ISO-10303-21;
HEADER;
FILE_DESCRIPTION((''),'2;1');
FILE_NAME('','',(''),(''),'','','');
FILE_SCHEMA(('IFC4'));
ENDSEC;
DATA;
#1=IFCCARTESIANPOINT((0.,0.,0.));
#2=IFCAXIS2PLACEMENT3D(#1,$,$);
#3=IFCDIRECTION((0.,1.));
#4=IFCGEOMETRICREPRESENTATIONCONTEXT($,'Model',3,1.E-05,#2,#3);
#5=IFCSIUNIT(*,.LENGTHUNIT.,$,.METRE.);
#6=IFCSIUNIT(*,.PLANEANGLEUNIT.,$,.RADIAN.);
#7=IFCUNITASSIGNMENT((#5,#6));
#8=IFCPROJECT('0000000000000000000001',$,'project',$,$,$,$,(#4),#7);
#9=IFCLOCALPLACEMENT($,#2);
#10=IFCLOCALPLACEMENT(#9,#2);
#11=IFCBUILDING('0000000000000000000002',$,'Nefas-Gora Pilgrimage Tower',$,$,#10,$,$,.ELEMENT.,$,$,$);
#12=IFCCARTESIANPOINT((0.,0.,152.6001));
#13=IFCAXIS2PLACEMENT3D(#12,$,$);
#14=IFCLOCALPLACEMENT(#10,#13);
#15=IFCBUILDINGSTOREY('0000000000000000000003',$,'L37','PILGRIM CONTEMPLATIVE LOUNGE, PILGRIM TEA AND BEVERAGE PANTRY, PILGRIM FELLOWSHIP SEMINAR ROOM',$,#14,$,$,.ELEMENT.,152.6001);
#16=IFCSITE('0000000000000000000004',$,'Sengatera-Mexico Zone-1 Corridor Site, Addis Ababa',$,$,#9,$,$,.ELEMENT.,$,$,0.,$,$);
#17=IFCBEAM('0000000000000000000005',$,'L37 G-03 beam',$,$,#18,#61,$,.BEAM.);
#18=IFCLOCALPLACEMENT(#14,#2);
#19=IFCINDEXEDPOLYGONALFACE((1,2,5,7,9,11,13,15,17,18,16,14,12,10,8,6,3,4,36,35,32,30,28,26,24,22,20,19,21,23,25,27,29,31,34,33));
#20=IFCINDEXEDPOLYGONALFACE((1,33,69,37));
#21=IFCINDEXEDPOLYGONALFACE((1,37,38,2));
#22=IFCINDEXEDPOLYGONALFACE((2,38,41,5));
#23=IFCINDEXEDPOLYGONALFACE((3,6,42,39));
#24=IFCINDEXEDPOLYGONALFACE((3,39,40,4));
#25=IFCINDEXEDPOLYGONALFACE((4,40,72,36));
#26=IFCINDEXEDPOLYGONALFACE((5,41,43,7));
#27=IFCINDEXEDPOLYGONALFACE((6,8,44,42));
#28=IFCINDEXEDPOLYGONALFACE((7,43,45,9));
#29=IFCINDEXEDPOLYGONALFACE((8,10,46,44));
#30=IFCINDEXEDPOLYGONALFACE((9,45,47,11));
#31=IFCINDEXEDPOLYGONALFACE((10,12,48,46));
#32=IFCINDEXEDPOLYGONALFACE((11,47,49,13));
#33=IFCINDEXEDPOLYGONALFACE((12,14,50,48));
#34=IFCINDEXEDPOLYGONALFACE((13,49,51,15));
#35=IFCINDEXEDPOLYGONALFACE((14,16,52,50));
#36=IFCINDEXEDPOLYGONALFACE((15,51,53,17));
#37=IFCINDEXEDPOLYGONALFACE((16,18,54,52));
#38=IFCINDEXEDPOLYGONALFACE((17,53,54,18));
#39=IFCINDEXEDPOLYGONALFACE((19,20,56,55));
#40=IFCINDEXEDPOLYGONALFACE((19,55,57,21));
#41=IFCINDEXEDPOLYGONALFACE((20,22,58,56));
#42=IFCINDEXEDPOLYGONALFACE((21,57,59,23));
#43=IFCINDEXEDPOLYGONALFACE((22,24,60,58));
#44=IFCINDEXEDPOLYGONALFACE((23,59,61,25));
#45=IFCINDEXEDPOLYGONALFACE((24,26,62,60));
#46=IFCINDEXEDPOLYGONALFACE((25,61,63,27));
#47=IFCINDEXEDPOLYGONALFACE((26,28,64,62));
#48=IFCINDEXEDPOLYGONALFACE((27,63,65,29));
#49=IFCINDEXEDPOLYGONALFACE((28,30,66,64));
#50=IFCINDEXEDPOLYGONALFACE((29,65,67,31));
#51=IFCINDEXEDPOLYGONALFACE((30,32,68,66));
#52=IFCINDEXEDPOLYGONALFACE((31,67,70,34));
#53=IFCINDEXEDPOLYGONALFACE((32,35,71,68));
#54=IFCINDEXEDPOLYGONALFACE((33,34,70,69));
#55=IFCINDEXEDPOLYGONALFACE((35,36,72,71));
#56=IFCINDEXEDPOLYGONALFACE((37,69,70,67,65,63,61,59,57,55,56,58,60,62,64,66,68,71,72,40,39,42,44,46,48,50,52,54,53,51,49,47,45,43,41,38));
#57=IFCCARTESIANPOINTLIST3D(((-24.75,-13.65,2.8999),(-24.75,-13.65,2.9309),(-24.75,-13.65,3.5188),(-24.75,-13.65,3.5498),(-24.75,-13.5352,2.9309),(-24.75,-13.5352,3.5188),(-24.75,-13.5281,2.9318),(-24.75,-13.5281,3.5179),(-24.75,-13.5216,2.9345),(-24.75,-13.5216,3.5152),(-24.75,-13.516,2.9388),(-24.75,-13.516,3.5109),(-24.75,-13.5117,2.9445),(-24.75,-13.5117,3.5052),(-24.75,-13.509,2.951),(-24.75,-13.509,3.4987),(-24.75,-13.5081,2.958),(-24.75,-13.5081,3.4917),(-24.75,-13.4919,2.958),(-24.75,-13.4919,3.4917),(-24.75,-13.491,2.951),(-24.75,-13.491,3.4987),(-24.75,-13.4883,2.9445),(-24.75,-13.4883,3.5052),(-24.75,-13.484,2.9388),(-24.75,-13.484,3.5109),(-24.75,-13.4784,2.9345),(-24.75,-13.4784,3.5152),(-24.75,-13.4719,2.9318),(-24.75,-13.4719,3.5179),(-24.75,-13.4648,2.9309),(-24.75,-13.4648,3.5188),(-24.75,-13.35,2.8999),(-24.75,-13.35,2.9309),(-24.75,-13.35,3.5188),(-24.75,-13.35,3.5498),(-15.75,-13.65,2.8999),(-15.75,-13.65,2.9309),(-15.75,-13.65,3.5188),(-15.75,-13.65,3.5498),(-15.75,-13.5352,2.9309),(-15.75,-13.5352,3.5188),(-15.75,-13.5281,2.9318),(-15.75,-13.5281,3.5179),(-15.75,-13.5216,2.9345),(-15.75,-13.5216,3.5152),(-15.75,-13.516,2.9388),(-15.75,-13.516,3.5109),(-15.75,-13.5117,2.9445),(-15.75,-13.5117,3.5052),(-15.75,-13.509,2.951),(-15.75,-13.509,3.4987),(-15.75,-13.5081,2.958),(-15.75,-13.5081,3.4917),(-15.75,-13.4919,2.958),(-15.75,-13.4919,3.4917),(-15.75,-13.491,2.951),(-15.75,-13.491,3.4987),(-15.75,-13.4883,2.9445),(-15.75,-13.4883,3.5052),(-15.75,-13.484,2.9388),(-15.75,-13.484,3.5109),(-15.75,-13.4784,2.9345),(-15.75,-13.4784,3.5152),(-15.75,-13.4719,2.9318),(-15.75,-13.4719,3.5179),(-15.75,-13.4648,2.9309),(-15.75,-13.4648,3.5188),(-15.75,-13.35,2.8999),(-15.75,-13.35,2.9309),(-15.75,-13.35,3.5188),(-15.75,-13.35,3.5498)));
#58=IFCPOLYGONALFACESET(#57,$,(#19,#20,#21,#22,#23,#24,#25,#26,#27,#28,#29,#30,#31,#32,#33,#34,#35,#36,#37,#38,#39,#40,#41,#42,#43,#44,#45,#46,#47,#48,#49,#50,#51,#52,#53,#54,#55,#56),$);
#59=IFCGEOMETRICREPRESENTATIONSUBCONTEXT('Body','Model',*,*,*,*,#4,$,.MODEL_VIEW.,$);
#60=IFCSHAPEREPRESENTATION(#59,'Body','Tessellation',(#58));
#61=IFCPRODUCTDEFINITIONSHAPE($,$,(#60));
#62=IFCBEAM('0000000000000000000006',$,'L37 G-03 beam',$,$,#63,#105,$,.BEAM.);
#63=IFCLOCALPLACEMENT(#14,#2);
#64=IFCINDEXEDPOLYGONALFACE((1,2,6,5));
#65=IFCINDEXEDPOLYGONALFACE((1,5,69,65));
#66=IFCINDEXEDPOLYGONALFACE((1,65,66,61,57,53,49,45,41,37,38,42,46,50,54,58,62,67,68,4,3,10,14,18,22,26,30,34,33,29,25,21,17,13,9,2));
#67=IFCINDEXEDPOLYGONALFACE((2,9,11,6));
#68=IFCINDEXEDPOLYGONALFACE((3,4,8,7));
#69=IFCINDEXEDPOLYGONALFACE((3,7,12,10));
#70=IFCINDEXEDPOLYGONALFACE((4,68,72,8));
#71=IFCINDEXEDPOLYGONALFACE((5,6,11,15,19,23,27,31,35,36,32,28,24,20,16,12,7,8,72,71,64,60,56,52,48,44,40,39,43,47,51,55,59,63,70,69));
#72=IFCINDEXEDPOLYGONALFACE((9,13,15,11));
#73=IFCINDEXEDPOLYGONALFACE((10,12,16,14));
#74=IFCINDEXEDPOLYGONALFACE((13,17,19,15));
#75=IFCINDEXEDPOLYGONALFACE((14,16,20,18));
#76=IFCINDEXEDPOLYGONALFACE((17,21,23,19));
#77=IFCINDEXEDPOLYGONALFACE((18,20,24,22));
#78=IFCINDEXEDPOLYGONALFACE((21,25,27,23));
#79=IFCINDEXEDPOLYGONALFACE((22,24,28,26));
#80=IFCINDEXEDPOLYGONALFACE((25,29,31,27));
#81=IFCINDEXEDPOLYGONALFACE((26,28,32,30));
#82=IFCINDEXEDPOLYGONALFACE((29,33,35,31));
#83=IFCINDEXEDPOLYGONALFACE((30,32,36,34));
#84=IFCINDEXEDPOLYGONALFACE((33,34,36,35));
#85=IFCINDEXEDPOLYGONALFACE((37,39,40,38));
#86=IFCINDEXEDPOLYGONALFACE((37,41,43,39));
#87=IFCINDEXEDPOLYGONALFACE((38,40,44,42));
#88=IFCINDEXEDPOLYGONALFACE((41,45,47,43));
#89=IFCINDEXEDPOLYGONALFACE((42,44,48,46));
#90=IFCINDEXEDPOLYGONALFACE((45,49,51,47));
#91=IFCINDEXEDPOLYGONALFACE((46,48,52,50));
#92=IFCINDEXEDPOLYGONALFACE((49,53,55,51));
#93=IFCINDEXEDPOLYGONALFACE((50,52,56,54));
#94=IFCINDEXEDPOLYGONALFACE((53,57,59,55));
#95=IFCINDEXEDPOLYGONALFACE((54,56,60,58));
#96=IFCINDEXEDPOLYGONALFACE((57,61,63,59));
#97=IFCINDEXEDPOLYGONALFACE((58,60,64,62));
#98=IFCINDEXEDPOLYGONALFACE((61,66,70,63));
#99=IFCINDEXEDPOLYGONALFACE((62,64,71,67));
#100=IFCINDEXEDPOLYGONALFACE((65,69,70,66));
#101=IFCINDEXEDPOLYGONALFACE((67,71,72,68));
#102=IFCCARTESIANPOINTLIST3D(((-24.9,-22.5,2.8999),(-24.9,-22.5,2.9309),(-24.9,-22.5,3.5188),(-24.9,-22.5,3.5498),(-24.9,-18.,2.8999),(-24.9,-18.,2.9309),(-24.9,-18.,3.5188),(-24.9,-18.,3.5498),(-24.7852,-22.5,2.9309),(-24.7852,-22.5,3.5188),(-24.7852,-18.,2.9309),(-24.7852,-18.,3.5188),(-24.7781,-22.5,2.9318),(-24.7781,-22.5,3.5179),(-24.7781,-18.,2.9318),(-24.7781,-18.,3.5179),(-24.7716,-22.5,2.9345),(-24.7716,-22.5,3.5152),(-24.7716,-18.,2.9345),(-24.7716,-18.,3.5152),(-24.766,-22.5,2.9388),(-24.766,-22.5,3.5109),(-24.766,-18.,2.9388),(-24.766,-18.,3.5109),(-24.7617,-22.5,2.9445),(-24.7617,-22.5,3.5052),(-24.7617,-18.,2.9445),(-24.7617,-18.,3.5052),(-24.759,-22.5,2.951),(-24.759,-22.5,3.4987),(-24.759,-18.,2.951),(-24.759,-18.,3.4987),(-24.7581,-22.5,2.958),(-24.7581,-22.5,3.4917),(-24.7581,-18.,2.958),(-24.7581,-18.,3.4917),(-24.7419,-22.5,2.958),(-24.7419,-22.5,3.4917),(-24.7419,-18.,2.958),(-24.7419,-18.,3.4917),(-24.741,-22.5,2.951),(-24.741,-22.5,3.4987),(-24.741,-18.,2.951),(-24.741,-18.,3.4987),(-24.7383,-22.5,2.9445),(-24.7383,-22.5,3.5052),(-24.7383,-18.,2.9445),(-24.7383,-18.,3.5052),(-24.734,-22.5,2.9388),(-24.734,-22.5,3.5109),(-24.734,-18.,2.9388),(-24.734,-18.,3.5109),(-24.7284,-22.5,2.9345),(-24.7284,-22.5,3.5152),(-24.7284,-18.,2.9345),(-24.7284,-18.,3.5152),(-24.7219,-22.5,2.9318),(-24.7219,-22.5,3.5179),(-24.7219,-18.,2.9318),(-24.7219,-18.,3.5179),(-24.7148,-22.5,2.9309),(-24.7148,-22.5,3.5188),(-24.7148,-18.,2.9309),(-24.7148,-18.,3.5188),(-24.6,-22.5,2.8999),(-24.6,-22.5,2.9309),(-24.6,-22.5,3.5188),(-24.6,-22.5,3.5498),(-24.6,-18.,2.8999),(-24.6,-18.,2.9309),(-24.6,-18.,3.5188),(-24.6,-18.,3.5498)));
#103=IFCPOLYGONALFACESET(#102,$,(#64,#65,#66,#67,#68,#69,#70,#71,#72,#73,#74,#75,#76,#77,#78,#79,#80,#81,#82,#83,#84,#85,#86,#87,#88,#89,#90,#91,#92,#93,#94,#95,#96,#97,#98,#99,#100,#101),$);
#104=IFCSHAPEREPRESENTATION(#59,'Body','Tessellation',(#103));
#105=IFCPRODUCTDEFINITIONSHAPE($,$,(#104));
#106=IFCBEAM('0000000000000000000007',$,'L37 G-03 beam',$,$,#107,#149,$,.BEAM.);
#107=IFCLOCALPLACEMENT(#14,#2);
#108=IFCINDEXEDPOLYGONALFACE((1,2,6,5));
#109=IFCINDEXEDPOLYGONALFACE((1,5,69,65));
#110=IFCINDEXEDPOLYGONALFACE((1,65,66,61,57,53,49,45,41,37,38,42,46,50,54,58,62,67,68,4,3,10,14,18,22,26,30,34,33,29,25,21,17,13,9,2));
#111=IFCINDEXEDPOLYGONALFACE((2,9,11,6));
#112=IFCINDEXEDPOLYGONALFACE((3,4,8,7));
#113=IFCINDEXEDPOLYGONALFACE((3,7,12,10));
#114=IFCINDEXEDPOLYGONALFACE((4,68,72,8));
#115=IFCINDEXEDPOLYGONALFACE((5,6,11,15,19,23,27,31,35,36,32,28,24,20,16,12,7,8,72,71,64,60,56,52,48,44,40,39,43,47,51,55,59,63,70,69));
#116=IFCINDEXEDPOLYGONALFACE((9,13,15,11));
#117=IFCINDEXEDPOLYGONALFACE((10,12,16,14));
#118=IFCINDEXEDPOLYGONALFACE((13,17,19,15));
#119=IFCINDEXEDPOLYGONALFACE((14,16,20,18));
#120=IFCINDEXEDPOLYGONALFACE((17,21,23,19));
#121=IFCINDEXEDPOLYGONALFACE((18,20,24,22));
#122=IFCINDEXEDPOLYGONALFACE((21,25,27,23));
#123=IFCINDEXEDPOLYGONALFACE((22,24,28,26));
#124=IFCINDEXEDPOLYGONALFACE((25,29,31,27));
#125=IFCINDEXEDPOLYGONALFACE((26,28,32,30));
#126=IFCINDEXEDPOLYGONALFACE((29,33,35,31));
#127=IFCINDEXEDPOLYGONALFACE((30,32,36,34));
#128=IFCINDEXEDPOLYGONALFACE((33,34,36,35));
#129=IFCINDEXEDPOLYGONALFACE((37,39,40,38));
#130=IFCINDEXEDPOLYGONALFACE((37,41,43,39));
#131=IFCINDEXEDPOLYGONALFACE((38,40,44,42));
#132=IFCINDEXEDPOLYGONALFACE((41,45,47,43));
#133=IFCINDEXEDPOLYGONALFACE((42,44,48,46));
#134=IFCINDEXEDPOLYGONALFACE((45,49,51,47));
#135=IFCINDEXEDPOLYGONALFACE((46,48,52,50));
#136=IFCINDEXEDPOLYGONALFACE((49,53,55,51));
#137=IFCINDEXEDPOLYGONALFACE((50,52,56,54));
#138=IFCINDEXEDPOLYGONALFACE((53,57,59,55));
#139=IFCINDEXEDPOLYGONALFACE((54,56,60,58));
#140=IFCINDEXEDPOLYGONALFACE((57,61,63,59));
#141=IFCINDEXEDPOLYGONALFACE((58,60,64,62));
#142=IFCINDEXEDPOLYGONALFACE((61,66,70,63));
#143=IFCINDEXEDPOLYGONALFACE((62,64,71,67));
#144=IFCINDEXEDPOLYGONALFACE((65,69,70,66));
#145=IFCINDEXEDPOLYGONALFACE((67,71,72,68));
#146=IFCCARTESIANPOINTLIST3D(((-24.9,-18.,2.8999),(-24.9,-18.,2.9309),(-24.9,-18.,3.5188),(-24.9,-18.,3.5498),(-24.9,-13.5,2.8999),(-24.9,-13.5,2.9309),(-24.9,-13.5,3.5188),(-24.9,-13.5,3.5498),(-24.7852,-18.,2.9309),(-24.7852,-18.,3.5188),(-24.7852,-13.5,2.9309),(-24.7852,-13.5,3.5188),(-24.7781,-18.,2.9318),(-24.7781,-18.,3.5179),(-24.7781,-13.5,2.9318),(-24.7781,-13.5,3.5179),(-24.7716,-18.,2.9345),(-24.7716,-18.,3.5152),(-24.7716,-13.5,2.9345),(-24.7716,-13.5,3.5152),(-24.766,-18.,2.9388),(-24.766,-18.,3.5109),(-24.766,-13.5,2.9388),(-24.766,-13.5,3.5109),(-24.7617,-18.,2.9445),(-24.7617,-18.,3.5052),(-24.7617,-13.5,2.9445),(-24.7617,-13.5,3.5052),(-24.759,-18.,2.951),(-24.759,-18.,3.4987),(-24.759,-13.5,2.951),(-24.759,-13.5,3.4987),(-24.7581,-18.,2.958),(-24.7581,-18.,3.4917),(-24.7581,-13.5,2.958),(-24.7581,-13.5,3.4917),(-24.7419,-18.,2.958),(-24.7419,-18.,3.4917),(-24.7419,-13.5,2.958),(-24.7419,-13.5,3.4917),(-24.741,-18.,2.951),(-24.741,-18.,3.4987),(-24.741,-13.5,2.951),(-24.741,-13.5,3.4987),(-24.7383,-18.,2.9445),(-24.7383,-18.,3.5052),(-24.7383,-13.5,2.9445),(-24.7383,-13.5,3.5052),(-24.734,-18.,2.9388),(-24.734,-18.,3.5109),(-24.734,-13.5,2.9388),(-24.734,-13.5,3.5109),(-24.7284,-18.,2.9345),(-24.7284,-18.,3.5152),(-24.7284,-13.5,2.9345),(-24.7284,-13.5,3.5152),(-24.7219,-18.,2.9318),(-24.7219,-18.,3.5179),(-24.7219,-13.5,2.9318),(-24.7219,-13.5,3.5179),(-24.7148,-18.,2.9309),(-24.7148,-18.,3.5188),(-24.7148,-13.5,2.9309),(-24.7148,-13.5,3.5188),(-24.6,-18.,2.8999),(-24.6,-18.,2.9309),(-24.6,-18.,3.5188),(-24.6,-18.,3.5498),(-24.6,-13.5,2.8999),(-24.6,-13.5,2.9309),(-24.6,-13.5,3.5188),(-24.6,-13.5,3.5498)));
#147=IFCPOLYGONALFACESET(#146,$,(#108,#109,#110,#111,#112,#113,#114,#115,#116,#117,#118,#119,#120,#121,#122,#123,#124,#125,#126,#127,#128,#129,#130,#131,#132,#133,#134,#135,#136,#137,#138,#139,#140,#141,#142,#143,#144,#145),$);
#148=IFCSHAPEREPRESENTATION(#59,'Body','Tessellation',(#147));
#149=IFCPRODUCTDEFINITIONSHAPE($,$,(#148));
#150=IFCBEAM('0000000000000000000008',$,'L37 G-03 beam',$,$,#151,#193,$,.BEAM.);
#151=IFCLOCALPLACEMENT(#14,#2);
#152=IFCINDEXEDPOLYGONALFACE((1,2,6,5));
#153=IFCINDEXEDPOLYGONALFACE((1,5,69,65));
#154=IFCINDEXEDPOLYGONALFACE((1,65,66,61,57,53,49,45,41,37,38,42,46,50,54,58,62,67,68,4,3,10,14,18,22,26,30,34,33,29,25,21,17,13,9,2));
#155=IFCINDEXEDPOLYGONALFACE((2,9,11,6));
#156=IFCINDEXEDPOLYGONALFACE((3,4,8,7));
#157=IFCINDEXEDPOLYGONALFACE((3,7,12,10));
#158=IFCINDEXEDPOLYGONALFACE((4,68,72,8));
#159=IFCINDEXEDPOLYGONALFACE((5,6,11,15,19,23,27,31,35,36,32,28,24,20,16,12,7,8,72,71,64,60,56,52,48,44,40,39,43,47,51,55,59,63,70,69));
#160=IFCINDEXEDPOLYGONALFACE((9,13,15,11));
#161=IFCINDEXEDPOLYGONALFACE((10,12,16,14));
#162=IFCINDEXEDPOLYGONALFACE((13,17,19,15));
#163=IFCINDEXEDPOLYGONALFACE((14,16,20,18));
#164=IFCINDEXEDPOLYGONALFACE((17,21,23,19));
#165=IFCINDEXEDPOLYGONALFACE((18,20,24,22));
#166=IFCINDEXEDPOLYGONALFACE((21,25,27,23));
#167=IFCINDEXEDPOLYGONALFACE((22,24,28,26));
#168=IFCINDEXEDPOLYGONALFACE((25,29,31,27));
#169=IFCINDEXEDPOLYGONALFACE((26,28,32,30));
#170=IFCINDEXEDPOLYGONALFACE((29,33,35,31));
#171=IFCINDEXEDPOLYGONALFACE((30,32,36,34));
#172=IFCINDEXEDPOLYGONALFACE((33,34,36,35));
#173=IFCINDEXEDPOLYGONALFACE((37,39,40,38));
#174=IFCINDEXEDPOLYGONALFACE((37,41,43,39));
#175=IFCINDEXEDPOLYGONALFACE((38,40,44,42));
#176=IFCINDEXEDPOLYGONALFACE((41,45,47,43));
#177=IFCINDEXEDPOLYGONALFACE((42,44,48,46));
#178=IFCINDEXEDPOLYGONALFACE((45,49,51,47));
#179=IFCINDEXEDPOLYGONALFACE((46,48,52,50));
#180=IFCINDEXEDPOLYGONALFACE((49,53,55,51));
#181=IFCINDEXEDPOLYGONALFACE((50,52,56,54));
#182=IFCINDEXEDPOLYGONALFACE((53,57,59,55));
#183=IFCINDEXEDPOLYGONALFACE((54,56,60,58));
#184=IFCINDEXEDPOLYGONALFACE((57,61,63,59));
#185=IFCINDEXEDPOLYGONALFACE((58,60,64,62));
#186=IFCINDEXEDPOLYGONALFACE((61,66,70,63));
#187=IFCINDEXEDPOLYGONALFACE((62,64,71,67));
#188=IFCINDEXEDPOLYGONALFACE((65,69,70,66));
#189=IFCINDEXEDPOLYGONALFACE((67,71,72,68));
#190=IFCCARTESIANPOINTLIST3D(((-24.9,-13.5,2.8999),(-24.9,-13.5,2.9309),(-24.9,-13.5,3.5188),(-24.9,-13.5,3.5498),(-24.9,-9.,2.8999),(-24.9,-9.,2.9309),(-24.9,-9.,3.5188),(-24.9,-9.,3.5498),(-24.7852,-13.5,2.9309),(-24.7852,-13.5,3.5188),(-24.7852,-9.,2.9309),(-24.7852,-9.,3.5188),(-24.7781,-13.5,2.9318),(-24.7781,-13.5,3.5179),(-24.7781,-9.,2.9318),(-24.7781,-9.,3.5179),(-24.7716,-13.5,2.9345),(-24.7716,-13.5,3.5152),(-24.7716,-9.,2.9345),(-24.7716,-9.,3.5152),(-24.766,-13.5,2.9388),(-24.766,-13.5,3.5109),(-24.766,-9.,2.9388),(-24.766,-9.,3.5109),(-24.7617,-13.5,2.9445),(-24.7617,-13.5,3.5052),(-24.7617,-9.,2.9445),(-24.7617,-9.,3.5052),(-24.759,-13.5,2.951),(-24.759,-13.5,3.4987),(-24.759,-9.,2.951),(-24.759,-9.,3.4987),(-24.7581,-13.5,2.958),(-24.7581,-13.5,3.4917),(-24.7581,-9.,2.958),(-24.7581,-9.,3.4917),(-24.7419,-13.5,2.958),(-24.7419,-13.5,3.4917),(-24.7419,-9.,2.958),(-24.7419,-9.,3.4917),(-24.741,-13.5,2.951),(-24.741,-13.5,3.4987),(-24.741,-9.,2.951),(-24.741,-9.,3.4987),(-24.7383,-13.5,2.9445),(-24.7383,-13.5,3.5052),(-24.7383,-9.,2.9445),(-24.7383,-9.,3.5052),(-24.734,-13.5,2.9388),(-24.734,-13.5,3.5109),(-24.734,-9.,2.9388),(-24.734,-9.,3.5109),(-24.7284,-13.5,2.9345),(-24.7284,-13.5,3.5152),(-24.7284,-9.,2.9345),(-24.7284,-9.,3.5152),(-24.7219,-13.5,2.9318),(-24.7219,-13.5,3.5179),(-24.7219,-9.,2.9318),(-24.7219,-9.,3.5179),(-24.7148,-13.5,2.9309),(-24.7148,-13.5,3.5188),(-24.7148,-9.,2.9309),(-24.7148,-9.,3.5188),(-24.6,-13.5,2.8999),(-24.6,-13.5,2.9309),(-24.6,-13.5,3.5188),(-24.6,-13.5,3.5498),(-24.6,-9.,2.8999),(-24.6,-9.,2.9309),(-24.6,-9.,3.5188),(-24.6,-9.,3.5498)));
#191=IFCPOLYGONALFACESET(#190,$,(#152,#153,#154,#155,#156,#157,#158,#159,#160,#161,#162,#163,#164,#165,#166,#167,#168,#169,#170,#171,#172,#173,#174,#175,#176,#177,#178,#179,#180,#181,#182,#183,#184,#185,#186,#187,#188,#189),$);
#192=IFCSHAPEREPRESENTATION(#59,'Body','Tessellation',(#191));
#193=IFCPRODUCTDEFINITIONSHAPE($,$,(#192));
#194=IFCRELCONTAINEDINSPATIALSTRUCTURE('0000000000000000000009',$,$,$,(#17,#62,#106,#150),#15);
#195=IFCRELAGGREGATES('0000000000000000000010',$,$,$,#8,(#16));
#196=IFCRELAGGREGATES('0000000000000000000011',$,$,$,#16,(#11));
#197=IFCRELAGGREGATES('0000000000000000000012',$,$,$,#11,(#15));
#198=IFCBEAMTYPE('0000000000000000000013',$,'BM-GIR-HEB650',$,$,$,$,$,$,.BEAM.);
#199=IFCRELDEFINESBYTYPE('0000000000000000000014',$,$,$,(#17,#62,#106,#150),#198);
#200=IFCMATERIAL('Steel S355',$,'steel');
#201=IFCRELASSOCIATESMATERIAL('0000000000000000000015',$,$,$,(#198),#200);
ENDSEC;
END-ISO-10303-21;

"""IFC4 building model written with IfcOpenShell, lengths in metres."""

from ifc_helpers import new_model, si_unit, direction, frame, origin, origin_2d, place, context, subcontext, project, spatial, i_section, extrude, source, transform, mapped, material, material_profile, profile_set, type_object, element, save


model = new_model("IFC4")

# Units and contexts
model_context = context("Model", 3, precision=1e-05, world=origin(), true_north=direction((0.0, 1.0)))
body_context = subcontext(model_context, "Body", "Model", "MODEL_VIEW")
ifc_project = project(units=[si_unit("LENGTHUNIT", "METRE"), si_unit("PLANEANGLEUNIT", "RADIAN")], contexts=[model_context])

# Site, building, storey
site_placement = place(None, origin())
site = spatial("IfcSite", under=ifc_project, at=site_placement, Name="Sengatera-Mexico Zone-1 Corridor Site, Addis Ababa", CompositionType="ELEMENT", RefElevation=0.0)
building_placement = place(site_placement, origin())
building = spatial("IfcBuilding", under=site, at=building_placement, Name="Nefas-Gora Pilgrimage Tower", CompositionType="ELEMENT")
storey_placement = place(building_placement, frame((0.0, 0.0, 152.6001)))
storey = spatial("IfcBuildingStorey", under=building, at=storey_placement, Name="L37", Description="PILGRIM CONTEMPLATIVE LOUNGE, PILGRIM TEA AND BEVERAGE PANTRY, PILGRIM FELLOWSHIP SEMINAR ROOM", CompositionType="ELEMENT", Elevation=152.6001)

# Beams
ifc_material_1 = material(Name="Steel S355", Category="steel")
ifc_material_profile_1 = material_profile(ifc_material_1, i_section(OverallWidth=0.3, OverallDepth=0.6499, WebThickness=0.0161, FlangeThickness=0.031, FilletRadius=0.0271, at=origin_2d()), Name="HEB 650")
ifc_profile_set_1 = profile_set([ifc_material_profile_1], Name="Steel S355")
beam_type_1 = type_object("IfcBeamType", Name="BM-GIR-HEB650", PredefinedType="BEAM", material=ifc_profile_set_1)
shared_shape_1 = source(origin(), body_context, "Body", "SweptSolid", [
    extrude(i_section(OverallWidth=0.3, OverallDepth=0.6499, WebThickness=0.0161, FlangeThickness=0.031, FilletRadius=0.0271, at=origin_2d()), origin(), (0.0, 0.0, 1.0), 9.0),
])
for number, where, z_axis, x_axis, name in (
    (1, (-24.75, -13.5, 3.2249), (1.0, 0.0, 0.0), (0.0, 1.0, 0.0), "L37 G-03 beam"),
):
    element("IfcBeam", number, at=place(storey_placement, frame(where, z_axis=z_axis, x_axis=x_axis)), inside=storey, type_object=beam_type_1, Name=name, PredefinedType="BEAM", context=body_context, shape_type="MappedRepresentation", body=[
        mapped(shared_shape_1, transform((0.0, 0.0, 0.0), x_axis=(1.0, 0.0, 0.0), y_axis=(0.0, 1.0, 0.0), z_axis=(0.0, 0.0, 1.0), scale=1.0)),
    ])
shared_shape_2 = source(origin(), body_context, "Body", "SweptSolid", [
    extrude(i_section(OverallWidth=0.3, OverallDepth=0.6499, WebThickness=0.0161, FlangeThickness=0.031, FilletRadius=0.0271, at=origin_2d()), origin(), (0.0, 0.0, 1.0), 4.5),
])
for number, where, z_axis, x_axis, name in (
    (2, (-24.75, -22.5, 3.2249), (0.0, 1.0, 0.0), (-1.0, 0.0, 0.0), "L37 G-03 beam"),
    (3, (-24.75, -18.0, 3.2249), (0.0, 1.0, 0.0), (-1.0, 0.0, 0.0), "L37 G-03 beam"),
    (4, (-24.75, -13.5, 3.2249), (0.0, 1.0, 0.0), (-1.0, 0.0, 0.0), "L37 G-03 beam"),
):
    element("IfcBeam", number, at=place(storey_placement, frame(where, z_axis=z_axis, x_axis=x_axis)), inside=storey, type_object=beam_type_1, Name=name, PredefinedType="BEAM", context=body_context, shape_type="MappedRepresentation", body=[
        mapped(shared_shape_2, transform((0.0, 0.0, 0.0), x_axis=(1.0, 0.0, 0.0), y_axis=(0.0, 1.0, 0.0), z_axis=(0.0, 0.0, 1.0), scale=1.0)),
    ])

save(model, "model.ifc")
